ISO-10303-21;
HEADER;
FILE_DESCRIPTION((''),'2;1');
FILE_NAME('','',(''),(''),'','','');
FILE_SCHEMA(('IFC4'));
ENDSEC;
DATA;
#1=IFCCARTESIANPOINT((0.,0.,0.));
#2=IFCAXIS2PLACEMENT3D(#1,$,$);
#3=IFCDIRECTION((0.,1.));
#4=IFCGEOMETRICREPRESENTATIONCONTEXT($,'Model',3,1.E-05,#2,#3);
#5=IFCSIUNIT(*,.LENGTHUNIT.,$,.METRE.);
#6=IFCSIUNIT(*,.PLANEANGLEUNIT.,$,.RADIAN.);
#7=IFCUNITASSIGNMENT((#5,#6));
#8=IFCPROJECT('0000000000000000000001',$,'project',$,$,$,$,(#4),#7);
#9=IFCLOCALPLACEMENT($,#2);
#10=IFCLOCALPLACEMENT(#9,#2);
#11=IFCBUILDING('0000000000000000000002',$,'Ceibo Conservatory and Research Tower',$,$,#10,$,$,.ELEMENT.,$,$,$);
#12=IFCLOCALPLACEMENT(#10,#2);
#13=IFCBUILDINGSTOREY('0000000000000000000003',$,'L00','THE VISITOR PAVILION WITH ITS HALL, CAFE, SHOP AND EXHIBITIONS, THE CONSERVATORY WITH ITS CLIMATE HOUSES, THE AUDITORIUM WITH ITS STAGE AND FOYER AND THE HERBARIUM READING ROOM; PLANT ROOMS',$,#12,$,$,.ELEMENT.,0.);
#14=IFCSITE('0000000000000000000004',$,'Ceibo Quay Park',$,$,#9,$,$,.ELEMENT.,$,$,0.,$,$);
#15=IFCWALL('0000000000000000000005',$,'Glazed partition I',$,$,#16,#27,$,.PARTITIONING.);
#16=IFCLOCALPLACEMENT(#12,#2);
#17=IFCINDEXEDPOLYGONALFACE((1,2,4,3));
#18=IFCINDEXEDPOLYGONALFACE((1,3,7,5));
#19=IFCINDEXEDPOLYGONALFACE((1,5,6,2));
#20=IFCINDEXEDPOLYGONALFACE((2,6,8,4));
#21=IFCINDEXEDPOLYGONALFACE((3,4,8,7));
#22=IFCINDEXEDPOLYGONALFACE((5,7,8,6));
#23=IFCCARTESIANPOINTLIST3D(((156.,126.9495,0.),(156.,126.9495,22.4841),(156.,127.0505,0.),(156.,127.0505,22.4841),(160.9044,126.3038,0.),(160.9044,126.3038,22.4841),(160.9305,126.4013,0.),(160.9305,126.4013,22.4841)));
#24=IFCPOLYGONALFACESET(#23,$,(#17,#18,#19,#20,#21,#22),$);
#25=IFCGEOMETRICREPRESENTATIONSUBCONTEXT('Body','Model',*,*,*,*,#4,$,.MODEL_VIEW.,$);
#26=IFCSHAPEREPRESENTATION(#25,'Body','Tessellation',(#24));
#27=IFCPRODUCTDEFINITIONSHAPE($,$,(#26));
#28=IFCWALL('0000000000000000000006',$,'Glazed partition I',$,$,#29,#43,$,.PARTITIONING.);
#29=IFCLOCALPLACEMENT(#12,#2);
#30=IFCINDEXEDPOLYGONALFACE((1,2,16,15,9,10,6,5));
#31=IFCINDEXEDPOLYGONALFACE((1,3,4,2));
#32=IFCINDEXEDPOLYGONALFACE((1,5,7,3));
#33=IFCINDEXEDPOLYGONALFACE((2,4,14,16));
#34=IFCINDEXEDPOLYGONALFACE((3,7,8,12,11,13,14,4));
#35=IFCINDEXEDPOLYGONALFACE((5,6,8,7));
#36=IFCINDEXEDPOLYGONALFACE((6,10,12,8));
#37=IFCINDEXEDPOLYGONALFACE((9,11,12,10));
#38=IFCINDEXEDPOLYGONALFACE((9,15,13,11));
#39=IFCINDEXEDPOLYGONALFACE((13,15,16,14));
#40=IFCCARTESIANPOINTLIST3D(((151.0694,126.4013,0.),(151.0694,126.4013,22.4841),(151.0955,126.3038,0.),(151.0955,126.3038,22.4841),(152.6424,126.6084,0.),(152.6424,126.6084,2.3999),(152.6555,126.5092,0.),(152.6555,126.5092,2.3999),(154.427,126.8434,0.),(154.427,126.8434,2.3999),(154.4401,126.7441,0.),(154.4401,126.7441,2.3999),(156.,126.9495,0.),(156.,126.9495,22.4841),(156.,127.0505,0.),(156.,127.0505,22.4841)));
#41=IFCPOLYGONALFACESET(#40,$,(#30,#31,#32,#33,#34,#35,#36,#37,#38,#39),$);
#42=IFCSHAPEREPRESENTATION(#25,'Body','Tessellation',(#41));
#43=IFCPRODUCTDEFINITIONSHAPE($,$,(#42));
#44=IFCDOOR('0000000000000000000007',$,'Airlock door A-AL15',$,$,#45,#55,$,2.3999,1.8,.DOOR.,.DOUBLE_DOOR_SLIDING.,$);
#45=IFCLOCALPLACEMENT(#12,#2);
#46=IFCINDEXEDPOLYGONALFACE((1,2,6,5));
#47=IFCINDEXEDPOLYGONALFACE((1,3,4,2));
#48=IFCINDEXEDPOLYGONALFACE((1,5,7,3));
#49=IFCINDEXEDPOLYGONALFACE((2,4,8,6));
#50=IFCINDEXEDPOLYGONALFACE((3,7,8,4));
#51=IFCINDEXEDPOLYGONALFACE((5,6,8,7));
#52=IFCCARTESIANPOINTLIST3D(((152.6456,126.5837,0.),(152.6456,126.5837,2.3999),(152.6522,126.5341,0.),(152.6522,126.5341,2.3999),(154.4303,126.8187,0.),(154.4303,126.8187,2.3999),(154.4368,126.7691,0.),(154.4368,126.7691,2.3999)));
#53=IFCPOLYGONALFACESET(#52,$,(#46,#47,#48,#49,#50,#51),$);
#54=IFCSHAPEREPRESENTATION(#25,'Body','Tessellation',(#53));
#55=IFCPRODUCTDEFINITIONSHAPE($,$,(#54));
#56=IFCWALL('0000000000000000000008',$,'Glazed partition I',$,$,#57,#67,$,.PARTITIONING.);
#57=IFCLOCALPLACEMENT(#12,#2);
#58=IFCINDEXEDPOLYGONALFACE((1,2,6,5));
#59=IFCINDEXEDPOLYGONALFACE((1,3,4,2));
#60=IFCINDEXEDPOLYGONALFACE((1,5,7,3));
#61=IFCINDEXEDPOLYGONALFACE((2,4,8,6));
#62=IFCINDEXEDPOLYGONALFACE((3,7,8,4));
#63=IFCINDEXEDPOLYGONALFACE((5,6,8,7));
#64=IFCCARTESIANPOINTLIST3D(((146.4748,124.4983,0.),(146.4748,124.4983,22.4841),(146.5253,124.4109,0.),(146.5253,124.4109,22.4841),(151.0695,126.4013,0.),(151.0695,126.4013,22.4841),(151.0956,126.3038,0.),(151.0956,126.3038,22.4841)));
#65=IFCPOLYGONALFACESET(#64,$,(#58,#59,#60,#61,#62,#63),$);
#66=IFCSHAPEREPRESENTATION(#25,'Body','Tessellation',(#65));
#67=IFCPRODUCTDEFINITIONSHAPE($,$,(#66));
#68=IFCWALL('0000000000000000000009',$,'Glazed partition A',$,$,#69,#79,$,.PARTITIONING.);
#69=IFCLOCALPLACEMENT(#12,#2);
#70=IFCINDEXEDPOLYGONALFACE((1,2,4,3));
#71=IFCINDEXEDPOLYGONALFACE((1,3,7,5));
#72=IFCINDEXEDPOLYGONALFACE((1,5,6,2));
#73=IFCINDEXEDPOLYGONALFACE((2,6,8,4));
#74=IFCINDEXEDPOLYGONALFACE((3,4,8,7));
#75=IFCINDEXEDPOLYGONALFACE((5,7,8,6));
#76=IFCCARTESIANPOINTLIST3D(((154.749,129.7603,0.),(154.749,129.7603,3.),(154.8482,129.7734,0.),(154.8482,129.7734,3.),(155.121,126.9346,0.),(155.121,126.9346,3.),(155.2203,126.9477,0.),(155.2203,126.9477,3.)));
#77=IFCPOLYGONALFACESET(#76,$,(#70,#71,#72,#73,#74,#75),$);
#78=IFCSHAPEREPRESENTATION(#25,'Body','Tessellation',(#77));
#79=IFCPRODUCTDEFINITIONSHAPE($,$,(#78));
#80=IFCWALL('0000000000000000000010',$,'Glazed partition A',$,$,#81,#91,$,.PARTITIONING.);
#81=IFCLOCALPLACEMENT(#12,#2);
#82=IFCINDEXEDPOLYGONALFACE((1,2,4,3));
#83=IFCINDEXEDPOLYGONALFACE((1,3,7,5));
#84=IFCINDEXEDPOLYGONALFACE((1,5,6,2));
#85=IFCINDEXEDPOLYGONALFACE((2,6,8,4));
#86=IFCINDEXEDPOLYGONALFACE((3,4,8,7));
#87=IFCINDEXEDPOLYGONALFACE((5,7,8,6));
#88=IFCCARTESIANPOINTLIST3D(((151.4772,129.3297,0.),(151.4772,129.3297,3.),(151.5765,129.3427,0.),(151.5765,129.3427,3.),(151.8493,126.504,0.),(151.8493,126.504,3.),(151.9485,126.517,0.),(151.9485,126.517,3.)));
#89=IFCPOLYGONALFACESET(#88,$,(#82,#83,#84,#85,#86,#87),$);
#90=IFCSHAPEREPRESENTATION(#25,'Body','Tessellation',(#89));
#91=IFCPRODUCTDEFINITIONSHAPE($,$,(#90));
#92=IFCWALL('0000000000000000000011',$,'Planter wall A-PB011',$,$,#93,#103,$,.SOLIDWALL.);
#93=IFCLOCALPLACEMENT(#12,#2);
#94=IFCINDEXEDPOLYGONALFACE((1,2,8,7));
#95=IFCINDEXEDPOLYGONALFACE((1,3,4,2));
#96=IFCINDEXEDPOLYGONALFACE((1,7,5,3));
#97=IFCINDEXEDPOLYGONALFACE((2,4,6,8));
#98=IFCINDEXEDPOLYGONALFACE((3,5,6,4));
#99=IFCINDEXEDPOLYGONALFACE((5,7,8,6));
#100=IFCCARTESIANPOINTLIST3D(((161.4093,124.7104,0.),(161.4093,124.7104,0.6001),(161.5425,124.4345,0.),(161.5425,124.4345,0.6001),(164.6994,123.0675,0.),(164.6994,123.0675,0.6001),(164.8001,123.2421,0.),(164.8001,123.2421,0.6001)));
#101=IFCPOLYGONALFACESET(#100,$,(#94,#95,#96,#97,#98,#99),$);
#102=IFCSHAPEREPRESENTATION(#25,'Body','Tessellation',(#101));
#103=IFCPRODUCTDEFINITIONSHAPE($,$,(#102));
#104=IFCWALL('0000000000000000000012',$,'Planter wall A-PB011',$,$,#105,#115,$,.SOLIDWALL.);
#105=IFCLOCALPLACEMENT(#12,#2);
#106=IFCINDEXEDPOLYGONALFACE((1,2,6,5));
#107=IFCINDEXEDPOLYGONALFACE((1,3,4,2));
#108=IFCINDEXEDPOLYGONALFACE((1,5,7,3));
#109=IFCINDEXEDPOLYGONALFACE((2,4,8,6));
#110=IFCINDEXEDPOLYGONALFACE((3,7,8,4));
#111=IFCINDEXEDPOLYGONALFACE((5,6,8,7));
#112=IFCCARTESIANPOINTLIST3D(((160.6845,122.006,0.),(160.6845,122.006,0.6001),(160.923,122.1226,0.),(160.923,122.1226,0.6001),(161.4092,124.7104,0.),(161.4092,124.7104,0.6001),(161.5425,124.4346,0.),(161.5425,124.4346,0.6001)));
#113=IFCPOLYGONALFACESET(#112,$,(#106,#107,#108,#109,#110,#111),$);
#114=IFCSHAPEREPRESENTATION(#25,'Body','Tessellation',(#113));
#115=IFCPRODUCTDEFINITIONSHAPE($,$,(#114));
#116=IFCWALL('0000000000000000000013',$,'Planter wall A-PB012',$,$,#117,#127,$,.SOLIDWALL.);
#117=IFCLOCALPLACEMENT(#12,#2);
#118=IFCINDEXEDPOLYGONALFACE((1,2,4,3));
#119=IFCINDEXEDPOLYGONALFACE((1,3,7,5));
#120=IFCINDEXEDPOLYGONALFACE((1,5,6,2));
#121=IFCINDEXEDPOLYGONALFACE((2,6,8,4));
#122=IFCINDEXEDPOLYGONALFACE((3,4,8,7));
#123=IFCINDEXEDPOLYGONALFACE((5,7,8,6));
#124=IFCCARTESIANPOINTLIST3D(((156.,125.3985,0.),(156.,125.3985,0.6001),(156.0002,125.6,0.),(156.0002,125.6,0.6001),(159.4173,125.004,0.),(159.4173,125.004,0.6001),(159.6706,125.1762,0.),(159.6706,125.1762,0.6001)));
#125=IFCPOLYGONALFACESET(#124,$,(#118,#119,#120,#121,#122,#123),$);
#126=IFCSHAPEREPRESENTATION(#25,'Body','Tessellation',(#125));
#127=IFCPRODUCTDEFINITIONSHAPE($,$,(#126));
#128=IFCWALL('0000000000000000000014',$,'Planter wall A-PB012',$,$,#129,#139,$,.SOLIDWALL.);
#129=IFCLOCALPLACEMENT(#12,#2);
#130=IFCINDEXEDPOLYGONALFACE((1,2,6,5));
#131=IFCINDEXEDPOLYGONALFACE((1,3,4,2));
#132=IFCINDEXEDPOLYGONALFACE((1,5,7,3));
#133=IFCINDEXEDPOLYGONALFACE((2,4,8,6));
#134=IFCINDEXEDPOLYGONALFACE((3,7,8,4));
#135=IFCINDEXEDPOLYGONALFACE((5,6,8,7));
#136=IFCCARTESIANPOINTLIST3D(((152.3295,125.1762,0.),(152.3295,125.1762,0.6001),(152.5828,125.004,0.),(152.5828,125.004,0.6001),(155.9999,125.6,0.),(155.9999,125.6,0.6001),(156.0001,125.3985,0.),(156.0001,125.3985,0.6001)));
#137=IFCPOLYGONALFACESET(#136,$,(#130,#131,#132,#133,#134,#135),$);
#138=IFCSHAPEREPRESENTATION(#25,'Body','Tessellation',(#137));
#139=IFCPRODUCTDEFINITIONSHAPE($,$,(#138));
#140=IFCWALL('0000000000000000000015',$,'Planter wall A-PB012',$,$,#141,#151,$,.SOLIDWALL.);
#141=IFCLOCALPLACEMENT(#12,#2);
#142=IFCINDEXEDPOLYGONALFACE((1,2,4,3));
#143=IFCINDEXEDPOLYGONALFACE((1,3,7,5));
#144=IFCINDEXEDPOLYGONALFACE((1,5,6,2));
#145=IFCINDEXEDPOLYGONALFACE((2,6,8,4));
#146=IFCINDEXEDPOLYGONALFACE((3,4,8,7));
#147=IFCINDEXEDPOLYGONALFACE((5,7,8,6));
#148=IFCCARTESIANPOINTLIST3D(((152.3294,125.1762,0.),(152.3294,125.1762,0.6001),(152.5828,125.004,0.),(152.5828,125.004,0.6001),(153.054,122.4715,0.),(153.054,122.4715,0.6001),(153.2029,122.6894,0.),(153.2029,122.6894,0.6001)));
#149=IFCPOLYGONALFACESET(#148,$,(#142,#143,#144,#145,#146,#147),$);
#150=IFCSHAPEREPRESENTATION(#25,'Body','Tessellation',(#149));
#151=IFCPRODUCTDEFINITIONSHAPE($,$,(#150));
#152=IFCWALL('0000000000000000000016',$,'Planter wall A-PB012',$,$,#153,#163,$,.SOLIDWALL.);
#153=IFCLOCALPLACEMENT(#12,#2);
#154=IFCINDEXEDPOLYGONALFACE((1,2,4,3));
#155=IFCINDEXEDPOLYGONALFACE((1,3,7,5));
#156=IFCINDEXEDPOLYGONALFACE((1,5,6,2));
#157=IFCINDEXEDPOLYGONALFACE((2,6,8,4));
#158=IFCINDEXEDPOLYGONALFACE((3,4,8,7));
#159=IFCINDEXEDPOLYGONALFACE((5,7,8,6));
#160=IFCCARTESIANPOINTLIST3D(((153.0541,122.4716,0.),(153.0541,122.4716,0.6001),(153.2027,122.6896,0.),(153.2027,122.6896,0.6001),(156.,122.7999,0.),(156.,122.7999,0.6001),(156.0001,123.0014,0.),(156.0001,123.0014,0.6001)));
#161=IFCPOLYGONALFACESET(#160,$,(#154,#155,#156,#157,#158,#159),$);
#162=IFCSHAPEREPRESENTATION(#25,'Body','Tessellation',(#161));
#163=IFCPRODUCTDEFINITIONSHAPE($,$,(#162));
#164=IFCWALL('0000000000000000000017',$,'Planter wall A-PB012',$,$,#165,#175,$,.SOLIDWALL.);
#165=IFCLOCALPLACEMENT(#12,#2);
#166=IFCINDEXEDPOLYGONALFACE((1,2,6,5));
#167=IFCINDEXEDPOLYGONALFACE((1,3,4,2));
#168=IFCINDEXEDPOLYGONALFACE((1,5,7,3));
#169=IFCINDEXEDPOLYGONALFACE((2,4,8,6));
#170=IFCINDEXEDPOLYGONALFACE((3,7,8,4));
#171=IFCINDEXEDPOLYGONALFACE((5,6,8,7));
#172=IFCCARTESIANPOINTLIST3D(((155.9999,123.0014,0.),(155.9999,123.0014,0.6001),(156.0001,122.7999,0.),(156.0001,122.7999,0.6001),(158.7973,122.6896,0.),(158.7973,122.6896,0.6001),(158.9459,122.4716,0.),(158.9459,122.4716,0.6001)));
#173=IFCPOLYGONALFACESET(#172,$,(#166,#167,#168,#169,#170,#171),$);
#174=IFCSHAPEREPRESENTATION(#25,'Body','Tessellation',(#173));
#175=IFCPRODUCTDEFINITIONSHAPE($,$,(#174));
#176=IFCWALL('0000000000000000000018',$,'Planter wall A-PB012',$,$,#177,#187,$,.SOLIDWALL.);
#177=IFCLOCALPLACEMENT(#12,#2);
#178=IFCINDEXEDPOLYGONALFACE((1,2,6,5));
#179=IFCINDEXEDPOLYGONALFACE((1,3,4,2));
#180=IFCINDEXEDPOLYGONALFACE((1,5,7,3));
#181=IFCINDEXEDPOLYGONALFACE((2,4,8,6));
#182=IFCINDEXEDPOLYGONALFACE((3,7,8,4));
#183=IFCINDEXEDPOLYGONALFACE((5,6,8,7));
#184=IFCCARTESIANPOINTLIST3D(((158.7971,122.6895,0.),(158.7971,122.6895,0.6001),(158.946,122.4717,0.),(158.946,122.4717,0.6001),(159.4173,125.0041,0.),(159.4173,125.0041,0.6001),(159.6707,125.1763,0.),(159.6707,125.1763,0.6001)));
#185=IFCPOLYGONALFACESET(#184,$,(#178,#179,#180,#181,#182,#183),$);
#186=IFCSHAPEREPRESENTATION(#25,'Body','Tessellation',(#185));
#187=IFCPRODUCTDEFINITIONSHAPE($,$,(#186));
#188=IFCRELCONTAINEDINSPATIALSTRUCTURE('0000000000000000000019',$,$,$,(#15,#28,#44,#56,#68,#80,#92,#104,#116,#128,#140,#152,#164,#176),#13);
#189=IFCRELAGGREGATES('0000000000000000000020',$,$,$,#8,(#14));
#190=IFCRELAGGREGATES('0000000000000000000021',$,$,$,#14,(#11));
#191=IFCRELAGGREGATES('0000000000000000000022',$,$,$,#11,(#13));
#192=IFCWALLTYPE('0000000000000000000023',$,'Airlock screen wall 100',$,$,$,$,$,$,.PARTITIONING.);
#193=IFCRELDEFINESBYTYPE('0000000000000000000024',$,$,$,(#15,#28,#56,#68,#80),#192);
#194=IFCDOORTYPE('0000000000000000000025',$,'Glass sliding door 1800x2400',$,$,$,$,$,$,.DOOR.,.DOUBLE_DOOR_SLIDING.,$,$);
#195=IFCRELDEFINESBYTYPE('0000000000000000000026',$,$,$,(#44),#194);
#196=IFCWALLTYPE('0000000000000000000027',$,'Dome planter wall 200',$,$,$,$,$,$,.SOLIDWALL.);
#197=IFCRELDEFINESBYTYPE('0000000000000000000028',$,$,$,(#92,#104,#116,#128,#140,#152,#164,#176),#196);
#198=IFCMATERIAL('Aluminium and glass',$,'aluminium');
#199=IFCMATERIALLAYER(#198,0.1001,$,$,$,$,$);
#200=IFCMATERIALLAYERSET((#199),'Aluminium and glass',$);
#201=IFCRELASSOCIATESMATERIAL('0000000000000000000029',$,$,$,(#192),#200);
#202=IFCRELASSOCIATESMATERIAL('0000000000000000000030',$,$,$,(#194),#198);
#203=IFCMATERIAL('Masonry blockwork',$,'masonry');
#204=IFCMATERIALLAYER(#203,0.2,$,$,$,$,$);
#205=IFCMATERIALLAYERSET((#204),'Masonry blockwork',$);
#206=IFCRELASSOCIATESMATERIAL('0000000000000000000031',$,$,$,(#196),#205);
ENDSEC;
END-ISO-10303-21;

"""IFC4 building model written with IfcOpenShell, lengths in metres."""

from ifc_helpers import new_model, si_unit, direction, frame, frame_2d, origin, place, context, subcontext, project, spatial, polyline, rectangle, outline, extrude, material, layer, layer_set, type_object, element, fill, save


model = new_model("IFC4")

# Units and contexts
model_context = context("Model", 3, precision=1e-05, world=origin(), true_north=direction((0.0, 1.0)))
body_context = subcontext(model_context, "Body", "Model", "MODEL_VIEW")
ifc_project = project(units=[si_unit("LENGTHUNIT", "METRE"), si_unit("PLANEANGLEUNIT", "RADIAN")], contexts=[model_context])

# Site, building, storey
site_placement = place(None, origin())
site = spatial("IfcSite", under=ifc_project, at=site_placement, Name="Ceibo Quay Park", CompositionType="ELEMENT", RefElevation=0.0)
building_placement = place(site_placement, origin())
building = spatial("IfcBuilding", under=site, at=building_placement, Name="Ceibo Conservatory and Research Tower", CompositionType="ELEMENT")
storey_placement = place(building_placement, origin())
storey = spatial("IfcBuildingStorey", under=building, at=storey_placement, Name="L00", Description="THE VISITOR PAVILION WITH ITS HALL, CAFE, SHOP AND EXHIBITIONS, THE CONSERVATORY WITH ITS CLIMATE HOUSES, THE AUDITORIUM WITH ITS STAGE AND FOYER AND THE HERBARIUM READING ROOM; PLANT ROOMS", CompositionType="ELEMENT", Elevation=0.0)

# Wall
ifc_material_1 = material(Name="Aluminium and glass", Category="aluminium")
ifc_layer_1 = layer(ifc_material_1, 0.1001)
ifc_layer_set_1 = layer_set([ifc_layer_1], Name="Aluminium and glass")
wall_type_1 = type_object("IfcWallType", Name="Airlock screen wall 100", PredefinedType="PARTITIONING", material=ifc_layer_set_1)
wall_1_placement = place(storey_placement, frame((160.9175, 126.3525, 0.0), z_axis=(0.0, 0.0, 1.0), x_axis=(-0.991443, 0.130539, 0.0)))
element("IfcWall", 1, at=wall_1_placement, inside=storey, type_object=wall_type_1, Name="Glazed partition I", PredefinedType="PARTITIONING", context=body_context, shape_type="SweptSolid", body=[
    extrude(outline(polyline([(-0.0066, -0.05), (4.9666, -0.05), (4.9534, 0.05), (0.0066, 0.05), (-0.0066, -0.05)])), origin(), (0.0, 0.0, 1.0), 22.4841),
])

# Wall, opening, door
wall_2_placement = place(storey_placement, frame((156.0, 127.0, 0.0), z_axis=(0.0, 0.0, 1.0), x_axis=(-0.991443, -0.130539, 0.0)))
wall_2 = element("IfcWall", 2, at=wall_2_placement, inside=storey, type_object=wall_type_1, Name="Glazed partition I", PredefinedType="PARTITIONING", context=body_context, shape_type="SweptSolid", body=[
    extrude(outline(polyline([(-0.0066, -0.05), (4.9666, -0.05), (4.9534, 0.05), (0.0066, 0.05), (-0.0066, -0.05)])), origin(), (0.0, 0.0, 1.0), 22.4841),
])
opening_1_placement = place(wall_2_placement, frame((1.5801, 0.0, 0.0)))
opening_1 = element("IfcOpeningElement", 3, at=opening_1_placement, cuts=wall_2, PredefinedType="OPENING", context=body_context, shape_type="SweptSolid", body=[
    extrude(rectangle(XDim=1.8, YDim=2.3999, at=frame_2d((0.8999, 1.2))), frame((0.0, 0.0601, 0.0), z_axis=(0.0, -1.0, 0.0), x_axis=(1.0, 0.0, 0.0)), (0.0, 0.0, 1.0), 0.1201),
])
door_type = type_object("IfcDoorType", Name="Glass sliding door 1800x2400", OperationType="DOUBLE_DOOR_SLIDING", PredefinedType="DOOR", material=ifc_material_1)
door_1_placement = place(opening_1_placement, origin())
door_1 = element("IfcDoor", 4, at=door_1_placement, inside=storey, type_object=door_type, Name="Airlock door A-AL15", OperationType="DOUBLE_DOOR_SLIDING", OverallHeight=2.3999, OverallWidth=1.8, PredefinedType="DOOR", context=body_context, shape_type="SweptSolid", body=[
    extrude(rectangle(XDim=1.8, YDim=2.3999, at=frame_2d((0.8999, 1.2))), frame((0.0, 0.0249, 0.0), z_axis=(0.0, -1.0, 0.0), x_axis=(1.0, 0.0, 0.0)), (0.0, 0.0, 1.0), 0.05),
])
fill(opening_1, door_1)

# Walls
wall_3_placement = place(storey_placement, frame((151.0825, 126.3525, 0.0), z_axis=(0.0, 0.0, 1.0), x_axis=(-0.923893, -0.38265, 0.0)))
element("IfcWall", 5, at=wall_3_placement, inside=storey, type_object=wall_type_1, Name="Glazed partition I", PredefinedType="PARTITIONING", context=body_context, shape_type="SweptSolid", body=[
    extrude(outline(polyline([(-0.0066, -0.05), (4.9666, -0.05), (4.9534, 0.05), (0.0066, 0.05), (-0.0066, -0.05)])), origin(), (0.0, 0.0, 1.0), 22.4841),
])
for number, where, z_axis, x_axis, name in (
    (6, (155.1707, 126.9412, 0.0), (0.0, 0.0, 1.0), (-0.130548, 0.991442, 0.0), "Glazed partition A"),
    (7, (151.8989, 126.5105, 0.0), (0.0, 0.0, 1.0), (-0.130548, 0.991442, 0.0), "Glazed partition A"),
):
    element("IfcWall", number, at=place(storey_placement, frame(where, z_axis=z_axis, x_axis=x_axis)), inside=storey, type_object=wall_type_1, Name=name, PredefinedType="PARTITIONING", context=body_context, shape_type="SweptSolid", body=[
        extrude(rectangle(XDim=2.8501, YDim=0.1001, at=frame_2d((1.425, 0.0))), origin(), (0.0, 0.0, 1.0), 3.0),
    ])

# Walls
ifc_material_2 = material(Name="Masonry blockwork", Category="masonry")
ifc_layer_2 = layer(ifc_material_2, 0.2)
ifc_layer_set_2 = layer_set([ifc_layer_2], Name="Masonry blockwork")
wall_type_2 = type_object("IfcWallType", Name="Dome planter wall 200", PredefinedType="SOLIDWALL", material=ifc_layer_set_2)
wall_4_placement = place(storey_placement, frame((164.7498, 123.1548, 0.0), z_axis=(0.0, 0.0, 1.0), x_axis=(-0.917655, 0.397377, 0.0)))
element("IfcWall", 8, at=wall_4_placement, inside=storey, type_object=wall_type_2, Name="Planter wall A-PB011", PredefinedType="SOLIDWALL", context=body_context, shape_type="SweptSolid", body=[
    extrude(outline(polyline([(-0.0115, -0.1001), (3.6836, -0.1001), (3.4517, 0.1001), (0.0115, 0.1001), (-0.0115, -0.1001)])), origin(), (0.0, 0.0, 1.0), 0.6001),
])
wall_5_placement = place(storey_placement, frame((161.4758, 124.5725, 0.0), z_axis=(0.0, 0.0, 1.0), x_axis=(-0.258827, -0.965924, 0.0)))
element("IfcWall", 9, at=wall_5_placement, inside=storey, type_object=wall_type_2, Name="Planter wall A-PB011", PredefinedType="SOLIDWALL", context=body_context, shape_type="SweptSolid", body=[
    extrude(outline(polyline([(-0.116, -0.1001), (2.6838, -0.1001), (2.5095, 0.1001), (0.116, 0.1001), (-0.116, -0.1001)])), origin(), (0.0, 0.0, 1.0), 0.6001),
])
wall_6_placement = place(storey_placement, frame((159.5439, 125.0901, 0.0), z_axis=(0.0, 0.0, 1.0), x_axis=(-0.993401, 0.114697, 0.0)))
element("IfcWall", 10, at=wall_6_placement, inside=storey, type_object=wall_type_2, Name="Planter wall A-PB012", PredefinedType="SOLIDWALL", context=body_context, shape_type="SweptSolid", body=[
    extrude(outline(polyline([(-0.116, -0.1001), (3.5789, -0.1001), (3.5559, 0.1001), (0.116, 0.1001), (-0.116, -0.1001)])), origin(), (0.0, 0.0, 1.0), 0.6001),
])
wall_7_placement = place(storey_placement, frame((156.0, 125.4993, 0.0), z_axis=(0.0, 0.0, 1.0), x_axis=(-0.993401, -0.114697, 0.0)))
element("IfcWall", 11, at=wall_7_placement, inside=storey, type_object=wall_type_2, Name="Planter wall A-PB012", PredefinedType="SOLIDWALL", context=body_context, shape_type="SweptSolid", body=[
    extrude(outline(polyline([(-0.0115, -0.1001), (3.6833, -0.1001), (3.4514, 0.1001), (0.0115, 0.1001), (-0.0115, -0.1001)])), origin(), (0.0, 0.0, 1.0), 0.6001),
])
wall_8_placement = place(storey_placement, frame((152.4561, 125.0901, 0.0), z_axis=(0.0, 0.0, 1.0), x_axis=(0.258797, -0.965932, 0.0)))
element("IfcWall", 12, at=wall_8_placement, inside=storey, type_object=wall_type_2, Name="Planter wall A-PB012", PredefinedType="SOLIDWALL", context=body_context, shape_type="SweptSolid", body=[
    extrude(outline(polyline([(-0.116, -0.1001), (2.6841, -0.1001), (2.5122, 0.1001), (0.116, 0.1001), (-0.116, -0.1001)])), origin(), (0.0, 0.0, 1.0), 0.6001),
])
wall_9_placement = place(storey_placement, frame((153.1284, 122.5806, 0.0), z_axis=(0.0, 0.0, 1.0), x_axis=(0.993846, 0.110775, 0.0)))
element("IfcWall", 13, at=wall_9_placement, inside=storey, type_object=wall_type_2, Name="Planter wall A-PB012", PredefinedType="SOLIDWALL", context=body_context, shape_type="SweptSolid", body=[
    extrude(outline(polyline([(-0.0859, -0.1001), (2.8782, -0.1001), (2.9006, 0.1001), (0.0859, 0.1001), (-0.0859, -0.1001)])), origin(), (0.0, 0.0, 1.0), 0.6001),
])
wall_10_placement = place(storey_placement, frame((156.0, 122.9006, 0.0), z_axis=(0.0, 0.0, 1.0), x_axis=(0.993846, -0.110775, 0.0)))
element("IfcWall", 14, at=wall_10_placement, inside=storey, type_object=wall_type_2, Name="Planter wall A-PB012", PredefinedType="SOLIDWALL", context=body_context, shape_type="SweptSolid", body=[
    extrude(outline(polyline([(0.0112, -0.1001), (2.9753, -0.1001), (2.8035, 0.1001), (-0.0112, 0.1001), (0.0112, -0.1001)])), origin(), (0.0, 0.0, 1.0), 0.6001),
])
wall_11_placement = place(storey_placement, frame((158.8716, 122.5806, 0.0), z_axis=(0.0, 0.0, 1.0), x_axis=(0.258797, 0.965932, 0.0)))
element("IfcWall", 15, at=wall_11_placement, inside=storey, type_object=wall_type_2, Name="Planter wall A-PB012", PredefinedType="SOLIDWALL", context=body_context, shape_type="SweptSolid", body=[
    extrude(outline(polyline([(-0.0859, -0.1001), (2.7141, -0.1001), (2.4822, 0.1001), (0.0859, 0.1001), (-0.0859, -0.1001)])), origin(), (0.0, 0.0, 1.0), 0.6001),
])

save(model, "model.ifc")
